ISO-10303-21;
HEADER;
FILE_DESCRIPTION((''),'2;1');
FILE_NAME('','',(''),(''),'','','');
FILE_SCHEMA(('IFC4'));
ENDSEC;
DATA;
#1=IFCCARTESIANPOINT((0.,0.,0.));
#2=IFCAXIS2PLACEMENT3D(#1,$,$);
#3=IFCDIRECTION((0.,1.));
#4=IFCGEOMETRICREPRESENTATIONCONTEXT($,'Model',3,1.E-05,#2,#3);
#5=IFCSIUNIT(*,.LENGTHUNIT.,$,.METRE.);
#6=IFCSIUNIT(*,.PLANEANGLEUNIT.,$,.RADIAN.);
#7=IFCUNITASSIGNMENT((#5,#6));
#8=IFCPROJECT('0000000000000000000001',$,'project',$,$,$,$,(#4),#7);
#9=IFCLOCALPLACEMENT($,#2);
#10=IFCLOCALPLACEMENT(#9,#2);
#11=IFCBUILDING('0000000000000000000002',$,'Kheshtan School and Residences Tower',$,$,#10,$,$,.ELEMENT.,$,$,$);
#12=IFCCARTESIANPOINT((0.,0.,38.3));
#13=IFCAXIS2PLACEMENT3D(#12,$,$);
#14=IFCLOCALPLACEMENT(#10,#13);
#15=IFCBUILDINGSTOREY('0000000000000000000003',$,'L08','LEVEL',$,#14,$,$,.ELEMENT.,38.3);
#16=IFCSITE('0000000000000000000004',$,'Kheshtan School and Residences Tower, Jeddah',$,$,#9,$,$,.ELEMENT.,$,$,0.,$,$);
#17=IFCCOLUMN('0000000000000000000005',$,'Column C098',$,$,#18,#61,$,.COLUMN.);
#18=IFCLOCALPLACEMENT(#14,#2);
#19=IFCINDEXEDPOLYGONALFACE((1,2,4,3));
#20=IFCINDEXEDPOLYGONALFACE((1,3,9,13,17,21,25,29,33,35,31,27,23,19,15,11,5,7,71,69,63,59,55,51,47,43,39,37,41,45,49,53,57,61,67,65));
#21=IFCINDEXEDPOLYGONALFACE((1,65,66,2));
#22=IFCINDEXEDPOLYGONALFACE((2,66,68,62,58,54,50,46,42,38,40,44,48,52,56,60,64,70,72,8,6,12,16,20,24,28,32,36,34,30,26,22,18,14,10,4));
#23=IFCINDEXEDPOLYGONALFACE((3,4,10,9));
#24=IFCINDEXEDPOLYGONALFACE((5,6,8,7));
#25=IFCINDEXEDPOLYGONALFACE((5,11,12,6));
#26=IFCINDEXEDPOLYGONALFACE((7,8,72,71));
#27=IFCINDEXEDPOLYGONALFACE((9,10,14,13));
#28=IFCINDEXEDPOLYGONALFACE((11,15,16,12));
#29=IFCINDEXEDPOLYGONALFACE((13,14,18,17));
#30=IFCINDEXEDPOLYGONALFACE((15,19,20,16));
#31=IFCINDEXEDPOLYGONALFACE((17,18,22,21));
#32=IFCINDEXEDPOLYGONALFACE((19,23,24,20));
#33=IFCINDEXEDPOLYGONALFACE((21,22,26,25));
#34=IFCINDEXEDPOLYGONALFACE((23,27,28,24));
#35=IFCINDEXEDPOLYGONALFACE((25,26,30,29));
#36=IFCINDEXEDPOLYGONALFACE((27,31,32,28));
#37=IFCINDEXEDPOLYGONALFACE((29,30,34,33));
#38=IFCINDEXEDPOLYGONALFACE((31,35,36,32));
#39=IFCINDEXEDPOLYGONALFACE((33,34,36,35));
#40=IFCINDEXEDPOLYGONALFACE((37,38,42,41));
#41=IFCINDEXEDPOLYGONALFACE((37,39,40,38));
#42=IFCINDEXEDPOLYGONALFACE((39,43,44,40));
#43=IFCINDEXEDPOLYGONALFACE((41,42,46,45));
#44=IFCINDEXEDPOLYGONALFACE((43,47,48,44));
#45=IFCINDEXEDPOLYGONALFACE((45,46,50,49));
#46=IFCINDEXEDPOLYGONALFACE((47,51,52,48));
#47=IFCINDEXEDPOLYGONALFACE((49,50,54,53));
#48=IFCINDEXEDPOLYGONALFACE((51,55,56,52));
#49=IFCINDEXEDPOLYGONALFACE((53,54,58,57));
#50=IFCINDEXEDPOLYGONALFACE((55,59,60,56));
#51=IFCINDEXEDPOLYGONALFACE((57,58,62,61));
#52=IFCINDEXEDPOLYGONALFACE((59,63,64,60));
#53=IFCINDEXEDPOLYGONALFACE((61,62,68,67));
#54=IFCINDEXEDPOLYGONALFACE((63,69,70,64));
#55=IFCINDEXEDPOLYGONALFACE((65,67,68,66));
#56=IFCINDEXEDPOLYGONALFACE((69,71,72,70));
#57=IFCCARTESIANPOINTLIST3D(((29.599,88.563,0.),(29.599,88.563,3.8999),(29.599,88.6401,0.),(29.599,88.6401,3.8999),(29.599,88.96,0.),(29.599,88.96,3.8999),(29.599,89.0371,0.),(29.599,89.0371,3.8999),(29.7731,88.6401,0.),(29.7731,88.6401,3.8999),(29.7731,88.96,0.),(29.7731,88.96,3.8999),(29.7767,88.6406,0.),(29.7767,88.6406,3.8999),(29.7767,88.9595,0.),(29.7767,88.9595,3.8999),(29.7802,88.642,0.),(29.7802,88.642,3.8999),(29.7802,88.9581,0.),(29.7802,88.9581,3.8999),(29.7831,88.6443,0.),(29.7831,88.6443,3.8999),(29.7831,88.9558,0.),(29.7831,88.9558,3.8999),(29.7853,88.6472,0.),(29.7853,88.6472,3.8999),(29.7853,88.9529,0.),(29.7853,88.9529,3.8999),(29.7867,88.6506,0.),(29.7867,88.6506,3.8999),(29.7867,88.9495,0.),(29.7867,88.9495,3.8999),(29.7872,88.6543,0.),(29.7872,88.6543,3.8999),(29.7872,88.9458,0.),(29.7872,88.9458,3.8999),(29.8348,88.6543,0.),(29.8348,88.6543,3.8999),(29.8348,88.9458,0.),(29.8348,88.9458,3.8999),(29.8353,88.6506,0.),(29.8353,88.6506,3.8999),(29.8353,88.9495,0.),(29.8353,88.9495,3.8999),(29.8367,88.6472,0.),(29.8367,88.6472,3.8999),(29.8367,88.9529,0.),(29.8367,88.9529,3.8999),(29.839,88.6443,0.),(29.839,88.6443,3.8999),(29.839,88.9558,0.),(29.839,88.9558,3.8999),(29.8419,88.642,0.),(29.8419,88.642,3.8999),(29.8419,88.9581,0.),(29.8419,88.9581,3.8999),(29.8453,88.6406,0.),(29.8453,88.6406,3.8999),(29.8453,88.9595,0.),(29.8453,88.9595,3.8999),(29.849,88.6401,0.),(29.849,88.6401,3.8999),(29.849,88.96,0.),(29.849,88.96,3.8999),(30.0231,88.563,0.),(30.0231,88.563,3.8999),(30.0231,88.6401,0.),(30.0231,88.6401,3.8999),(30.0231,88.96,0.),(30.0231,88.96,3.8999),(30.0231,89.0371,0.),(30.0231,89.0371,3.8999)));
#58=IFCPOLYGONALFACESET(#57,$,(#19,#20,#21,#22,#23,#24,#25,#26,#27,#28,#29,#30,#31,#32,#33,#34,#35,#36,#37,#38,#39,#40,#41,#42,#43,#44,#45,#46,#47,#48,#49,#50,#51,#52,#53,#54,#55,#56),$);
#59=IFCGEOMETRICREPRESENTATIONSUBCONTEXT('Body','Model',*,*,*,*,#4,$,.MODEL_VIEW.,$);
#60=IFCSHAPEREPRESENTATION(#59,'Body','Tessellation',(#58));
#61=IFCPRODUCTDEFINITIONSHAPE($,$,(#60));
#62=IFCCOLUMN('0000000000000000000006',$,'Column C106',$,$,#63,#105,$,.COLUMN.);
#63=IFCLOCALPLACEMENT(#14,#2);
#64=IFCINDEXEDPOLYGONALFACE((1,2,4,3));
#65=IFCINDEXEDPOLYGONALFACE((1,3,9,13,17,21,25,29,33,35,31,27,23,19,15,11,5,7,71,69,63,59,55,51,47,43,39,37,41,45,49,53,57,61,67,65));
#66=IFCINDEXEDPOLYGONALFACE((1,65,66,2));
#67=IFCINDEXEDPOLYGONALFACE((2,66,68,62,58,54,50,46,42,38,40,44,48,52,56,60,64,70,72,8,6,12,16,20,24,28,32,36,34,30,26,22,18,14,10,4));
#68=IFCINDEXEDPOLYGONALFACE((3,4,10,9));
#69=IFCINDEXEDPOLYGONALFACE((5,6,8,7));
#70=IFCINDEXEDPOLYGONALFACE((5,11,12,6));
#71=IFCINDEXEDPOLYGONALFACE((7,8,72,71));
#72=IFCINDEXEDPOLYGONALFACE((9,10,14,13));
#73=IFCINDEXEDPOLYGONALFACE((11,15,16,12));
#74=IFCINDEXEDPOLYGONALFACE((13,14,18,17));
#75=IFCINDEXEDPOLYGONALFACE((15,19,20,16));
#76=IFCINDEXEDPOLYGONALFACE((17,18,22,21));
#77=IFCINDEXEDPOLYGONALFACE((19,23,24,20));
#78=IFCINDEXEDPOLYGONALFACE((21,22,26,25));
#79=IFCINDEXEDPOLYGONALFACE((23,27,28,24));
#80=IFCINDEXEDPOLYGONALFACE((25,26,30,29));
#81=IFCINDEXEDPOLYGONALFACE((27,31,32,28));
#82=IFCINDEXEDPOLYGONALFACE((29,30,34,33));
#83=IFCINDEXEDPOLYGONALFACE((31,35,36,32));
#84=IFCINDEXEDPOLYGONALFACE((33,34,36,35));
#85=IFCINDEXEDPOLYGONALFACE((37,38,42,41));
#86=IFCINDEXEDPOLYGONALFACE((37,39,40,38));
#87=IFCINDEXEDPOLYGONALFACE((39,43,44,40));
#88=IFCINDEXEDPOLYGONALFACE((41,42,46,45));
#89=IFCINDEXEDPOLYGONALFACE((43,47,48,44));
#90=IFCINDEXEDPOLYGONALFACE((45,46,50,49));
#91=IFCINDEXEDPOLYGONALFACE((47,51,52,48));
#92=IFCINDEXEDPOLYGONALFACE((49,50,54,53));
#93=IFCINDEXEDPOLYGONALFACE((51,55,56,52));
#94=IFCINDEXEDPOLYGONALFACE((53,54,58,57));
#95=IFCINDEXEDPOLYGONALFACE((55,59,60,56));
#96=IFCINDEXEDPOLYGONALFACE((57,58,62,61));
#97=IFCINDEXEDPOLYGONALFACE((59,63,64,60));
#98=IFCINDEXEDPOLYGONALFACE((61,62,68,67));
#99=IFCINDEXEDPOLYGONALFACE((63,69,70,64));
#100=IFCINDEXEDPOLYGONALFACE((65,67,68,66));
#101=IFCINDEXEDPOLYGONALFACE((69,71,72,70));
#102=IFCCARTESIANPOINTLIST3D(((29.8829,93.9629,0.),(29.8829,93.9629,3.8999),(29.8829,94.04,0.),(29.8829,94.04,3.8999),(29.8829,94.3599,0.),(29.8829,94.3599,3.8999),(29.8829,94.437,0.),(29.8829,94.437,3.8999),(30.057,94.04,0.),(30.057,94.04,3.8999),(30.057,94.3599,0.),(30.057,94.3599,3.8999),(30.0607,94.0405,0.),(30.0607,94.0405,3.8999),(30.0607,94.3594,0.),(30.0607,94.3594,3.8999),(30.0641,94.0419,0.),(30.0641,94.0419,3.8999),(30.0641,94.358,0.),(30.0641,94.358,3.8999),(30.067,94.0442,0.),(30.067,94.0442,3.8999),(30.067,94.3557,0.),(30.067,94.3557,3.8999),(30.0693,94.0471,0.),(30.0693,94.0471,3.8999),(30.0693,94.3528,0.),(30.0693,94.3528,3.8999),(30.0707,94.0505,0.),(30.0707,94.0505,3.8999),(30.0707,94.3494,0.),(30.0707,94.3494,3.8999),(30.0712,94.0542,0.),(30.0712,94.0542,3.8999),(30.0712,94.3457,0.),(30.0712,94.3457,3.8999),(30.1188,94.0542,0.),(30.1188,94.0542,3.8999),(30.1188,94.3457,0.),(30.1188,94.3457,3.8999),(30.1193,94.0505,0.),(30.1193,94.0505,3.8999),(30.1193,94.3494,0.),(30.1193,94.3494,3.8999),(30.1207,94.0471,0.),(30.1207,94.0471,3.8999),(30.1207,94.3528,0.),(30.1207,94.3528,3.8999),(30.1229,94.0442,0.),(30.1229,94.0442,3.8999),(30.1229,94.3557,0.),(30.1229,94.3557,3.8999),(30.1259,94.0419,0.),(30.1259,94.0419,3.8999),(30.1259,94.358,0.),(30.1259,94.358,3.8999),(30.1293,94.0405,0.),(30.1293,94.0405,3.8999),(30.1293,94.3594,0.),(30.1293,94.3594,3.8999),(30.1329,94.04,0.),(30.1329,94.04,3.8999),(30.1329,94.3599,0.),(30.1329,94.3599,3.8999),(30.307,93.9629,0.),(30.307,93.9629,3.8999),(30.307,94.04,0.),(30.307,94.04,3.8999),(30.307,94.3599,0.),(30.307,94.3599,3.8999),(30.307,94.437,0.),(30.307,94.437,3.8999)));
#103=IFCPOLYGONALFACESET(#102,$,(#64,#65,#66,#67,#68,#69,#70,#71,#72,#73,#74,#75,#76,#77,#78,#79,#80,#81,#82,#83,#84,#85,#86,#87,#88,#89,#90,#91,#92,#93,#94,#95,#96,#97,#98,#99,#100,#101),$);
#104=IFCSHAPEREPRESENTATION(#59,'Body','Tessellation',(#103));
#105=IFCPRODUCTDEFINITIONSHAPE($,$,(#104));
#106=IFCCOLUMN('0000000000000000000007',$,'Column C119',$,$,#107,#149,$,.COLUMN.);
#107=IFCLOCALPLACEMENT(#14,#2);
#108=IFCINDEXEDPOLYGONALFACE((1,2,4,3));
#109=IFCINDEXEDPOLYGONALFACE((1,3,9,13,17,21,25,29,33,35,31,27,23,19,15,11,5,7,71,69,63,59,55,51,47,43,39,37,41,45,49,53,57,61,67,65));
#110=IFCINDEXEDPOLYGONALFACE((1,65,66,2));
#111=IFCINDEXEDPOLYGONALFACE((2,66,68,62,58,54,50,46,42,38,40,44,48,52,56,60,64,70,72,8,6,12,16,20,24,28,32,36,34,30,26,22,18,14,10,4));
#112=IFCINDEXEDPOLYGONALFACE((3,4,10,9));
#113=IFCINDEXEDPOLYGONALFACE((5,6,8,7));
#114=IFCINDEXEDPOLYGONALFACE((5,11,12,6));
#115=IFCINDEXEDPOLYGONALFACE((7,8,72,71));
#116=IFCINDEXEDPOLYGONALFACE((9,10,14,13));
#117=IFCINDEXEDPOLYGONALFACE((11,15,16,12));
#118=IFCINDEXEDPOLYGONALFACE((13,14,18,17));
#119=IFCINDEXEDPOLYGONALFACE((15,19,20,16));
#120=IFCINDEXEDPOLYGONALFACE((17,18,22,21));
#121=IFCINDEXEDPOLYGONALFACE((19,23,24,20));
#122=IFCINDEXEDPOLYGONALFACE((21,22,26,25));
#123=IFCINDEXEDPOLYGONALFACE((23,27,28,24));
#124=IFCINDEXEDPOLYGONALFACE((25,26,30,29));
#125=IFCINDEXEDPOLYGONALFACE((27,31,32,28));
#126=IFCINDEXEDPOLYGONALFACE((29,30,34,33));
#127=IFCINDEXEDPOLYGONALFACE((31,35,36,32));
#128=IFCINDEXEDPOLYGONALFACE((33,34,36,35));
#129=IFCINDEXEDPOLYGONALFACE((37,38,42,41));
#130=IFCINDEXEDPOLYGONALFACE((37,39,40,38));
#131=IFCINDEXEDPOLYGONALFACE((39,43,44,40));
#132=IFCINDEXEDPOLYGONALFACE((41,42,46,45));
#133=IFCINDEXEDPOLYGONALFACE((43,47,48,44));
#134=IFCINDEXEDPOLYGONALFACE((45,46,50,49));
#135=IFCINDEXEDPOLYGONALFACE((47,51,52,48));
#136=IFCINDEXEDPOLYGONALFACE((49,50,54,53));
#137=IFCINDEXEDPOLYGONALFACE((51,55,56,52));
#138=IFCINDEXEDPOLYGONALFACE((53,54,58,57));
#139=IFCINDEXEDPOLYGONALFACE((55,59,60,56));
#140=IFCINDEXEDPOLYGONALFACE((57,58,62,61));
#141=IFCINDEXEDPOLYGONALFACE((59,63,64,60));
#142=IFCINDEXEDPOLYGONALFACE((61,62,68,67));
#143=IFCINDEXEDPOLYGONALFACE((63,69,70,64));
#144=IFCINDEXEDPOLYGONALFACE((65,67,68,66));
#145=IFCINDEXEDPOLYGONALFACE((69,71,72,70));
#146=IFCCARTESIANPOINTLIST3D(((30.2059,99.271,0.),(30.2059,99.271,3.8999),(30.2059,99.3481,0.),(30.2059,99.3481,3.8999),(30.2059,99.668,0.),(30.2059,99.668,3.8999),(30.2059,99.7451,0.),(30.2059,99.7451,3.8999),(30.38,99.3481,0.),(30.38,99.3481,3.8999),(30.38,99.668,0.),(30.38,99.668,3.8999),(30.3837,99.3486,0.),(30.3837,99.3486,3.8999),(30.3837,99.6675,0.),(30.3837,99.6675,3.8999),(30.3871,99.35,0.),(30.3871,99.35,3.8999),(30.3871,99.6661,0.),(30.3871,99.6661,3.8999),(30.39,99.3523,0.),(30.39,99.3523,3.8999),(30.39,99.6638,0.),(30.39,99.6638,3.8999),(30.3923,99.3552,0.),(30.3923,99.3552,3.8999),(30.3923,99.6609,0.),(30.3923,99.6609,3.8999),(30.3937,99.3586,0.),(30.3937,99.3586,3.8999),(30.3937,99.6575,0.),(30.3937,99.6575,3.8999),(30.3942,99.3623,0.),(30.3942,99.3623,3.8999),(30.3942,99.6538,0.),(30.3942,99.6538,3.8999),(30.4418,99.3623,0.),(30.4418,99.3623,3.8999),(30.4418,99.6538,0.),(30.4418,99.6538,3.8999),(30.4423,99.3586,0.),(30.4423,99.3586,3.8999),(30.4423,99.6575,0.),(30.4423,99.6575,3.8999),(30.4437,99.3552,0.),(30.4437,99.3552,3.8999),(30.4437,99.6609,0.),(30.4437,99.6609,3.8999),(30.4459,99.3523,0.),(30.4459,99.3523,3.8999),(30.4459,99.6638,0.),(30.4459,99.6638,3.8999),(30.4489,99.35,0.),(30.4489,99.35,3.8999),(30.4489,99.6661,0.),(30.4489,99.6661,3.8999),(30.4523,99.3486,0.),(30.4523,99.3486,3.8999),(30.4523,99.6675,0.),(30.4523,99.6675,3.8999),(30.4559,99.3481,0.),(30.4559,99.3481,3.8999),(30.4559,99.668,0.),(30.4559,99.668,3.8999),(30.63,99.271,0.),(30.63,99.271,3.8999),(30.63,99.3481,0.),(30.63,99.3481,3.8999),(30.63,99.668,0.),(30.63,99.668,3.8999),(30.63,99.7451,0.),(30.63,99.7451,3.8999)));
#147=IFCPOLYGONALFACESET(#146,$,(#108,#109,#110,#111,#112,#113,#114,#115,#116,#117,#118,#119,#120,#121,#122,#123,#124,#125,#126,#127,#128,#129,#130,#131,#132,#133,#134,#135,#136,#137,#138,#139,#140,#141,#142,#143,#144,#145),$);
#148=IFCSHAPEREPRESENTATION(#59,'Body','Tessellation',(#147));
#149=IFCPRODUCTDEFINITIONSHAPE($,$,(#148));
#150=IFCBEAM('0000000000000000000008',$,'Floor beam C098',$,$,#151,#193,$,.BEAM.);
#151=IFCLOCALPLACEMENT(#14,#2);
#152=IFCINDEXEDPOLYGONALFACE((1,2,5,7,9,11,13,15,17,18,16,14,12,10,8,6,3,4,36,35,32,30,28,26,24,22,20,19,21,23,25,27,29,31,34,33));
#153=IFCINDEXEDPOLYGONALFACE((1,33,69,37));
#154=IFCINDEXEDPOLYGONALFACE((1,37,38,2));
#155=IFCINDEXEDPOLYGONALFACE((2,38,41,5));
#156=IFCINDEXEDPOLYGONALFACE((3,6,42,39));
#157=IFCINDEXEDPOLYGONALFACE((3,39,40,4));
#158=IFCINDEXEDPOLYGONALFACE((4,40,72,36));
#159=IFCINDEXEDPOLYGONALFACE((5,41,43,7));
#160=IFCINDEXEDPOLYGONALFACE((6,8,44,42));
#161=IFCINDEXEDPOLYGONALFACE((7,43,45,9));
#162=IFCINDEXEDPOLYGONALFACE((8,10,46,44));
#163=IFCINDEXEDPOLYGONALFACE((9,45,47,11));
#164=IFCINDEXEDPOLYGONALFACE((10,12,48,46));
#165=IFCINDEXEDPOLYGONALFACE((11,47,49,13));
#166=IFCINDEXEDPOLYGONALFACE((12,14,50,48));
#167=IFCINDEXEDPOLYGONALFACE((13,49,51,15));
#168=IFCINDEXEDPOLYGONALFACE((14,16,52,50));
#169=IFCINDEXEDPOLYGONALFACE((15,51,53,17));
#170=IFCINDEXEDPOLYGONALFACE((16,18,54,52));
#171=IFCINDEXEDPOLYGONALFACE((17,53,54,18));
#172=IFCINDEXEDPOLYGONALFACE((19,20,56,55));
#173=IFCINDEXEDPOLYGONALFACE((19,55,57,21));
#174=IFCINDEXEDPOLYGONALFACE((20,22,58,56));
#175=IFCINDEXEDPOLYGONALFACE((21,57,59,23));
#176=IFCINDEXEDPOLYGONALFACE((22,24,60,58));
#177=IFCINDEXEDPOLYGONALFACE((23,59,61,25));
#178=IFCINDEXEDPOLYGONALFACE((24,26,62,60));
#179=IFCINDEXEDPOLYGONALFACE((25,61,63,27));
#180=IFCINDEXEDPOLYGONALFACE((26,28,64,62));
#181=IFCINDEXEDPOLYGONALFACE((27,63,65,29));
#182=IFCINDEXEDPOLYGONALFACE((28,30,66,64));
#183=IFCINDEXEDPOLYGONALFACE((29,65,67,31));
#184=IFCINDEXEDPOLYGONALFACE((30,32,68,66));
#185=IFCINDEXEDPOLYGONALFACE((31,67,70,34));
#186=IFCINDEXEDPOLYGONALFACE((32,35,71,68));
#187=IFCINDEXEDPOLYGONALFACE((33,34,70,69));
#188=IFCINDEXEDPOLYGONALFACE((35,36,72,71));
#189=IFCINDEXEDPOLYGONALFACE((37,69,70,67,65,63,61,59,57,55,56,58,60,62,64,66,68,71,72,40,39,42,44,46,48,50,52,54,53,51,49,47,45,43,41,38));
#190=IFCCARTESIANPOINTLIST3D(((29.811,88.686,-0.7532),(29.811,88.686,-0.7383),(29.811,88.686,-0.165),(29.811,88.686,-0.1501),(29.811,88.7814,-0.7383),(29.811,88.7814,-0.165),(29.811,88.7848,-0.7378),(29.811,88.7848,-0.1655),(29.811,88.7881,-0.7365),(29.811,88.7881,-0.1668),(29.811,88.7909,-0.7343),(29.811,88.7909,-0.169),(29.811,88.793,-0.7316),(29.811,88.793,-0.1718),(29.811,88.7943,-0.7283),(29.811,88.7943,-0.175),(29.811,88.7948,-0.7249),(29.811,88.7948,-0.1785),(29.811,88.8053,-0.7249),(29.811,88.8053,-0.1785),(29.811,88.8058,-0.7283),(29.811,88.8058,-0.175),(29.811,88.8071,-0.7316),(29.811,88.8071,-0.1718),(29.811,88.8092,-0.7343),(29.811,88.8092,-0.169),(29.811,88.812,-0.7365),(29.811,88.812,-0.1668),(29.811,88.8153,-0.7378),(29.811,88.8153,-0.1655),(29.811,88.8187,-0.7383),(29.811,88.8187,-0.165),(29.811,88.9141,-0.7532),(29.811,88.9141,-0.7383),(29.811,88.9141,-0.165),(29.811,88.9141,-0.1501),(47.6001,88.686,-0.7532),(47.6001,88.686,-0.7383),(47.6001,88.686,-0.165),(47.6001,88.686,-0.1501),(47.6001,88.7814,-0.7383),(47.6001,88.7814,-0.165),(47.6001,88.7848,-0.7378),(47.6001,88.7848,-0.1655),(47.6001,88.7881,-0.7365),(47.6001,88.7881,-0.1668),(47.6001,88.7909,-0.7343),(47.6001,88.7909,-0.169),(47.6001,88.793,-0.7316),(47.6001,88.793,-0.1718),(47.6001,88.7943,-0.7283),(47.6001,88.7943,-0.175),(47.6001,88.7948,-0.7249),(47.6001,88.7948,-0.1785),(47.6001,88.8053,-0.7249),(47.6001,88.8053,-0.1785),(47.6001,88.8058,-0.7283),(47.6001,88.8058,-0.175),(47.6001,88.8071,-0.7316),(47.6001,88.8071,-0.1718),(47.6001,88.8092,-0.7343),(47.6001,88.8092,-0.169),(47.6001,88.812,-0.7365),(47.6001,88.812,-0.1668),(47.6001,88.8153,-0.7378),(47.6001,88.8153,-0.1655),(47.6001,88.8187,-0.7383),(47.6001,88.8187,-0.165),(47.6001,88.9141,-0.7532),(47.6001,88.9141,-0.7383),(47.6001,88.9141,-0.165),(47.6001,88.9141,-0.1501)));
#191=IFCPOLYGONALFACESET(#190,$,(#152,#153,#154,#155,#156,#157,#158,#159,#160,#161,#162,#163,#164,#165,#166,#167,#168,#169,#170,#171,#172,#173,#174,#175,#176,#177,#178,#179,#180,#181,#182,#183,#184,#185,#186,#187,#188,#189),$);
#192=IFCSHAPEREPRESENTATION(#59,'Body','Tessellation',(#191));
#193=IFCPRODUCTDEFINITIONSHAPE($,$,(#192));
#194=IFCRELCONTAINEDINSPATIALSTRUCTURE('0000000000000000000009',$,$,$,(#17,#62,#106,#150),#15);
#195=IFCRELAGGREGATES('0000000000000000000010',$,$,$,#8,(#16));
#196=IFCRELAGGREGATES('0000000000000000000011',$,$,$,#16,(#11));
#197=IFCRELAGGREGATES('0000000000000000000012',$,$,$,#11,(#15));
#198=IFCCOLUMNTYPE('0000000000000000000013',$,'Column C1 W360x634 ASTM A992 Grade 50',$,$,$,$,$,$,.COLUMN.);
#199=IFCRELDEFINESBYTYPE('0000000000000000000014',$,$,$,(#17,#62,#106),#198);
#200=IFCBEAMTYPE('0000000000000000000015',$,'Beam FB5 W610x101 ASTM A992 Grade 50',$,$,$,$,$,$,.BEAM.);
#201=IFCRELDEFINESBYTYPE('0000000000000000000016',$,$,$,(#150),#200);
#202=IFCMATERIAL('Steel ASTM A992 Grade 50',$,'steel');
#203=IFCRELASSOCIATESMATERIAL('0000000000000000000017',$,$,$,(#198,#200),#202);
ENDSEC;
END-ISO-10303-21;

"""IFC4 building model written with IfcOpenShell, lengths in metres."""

from ifc_helpers import new_model, si_unit, direction, frame, origin, origin_2d, place, context, subcontext, project, spatial, i_section, extrude, material, material_profile, profile_set, type_object, element, save


model = new_model("IFC4")

# Units and contexts
model_context = context("Model", 3, precision=1e-05, world=origin(), true_north=direction((0.0, 1.0)))
body_context = subcontext(model_context, "Body", "Model", "MODEL_VIEW")
ifc_project = project(units=[si_unit("LENGTHUNIT", "METRE"), si_unit("PLANEANGLEUNIT", "RADIAN")], contexts=[model_context])

# Site, building, storey
site_placement = place(None, origin())
site = spatial("IfcSite", under=ifc_project, at=site_placement, Name="Kheshtan School and Residences Tower, Jeddah", CompositionType="ELEMENT", RefElevation=0.0)
building_placement = place(site_placement, origin())
building = spatial("IfcBuilding", under=site, at=building_placement, Name="Kheshtan School and Residences Tower", CompositionType="ELEMENT")
storey_placement = place(building_placement, frame((0.0, 0.0, 38.3)))
storey = spatial("IfcBuildingStorey", under=building, at=storey_placement, Name="L08", Description="LEVEL", CompositionType="ELEMENT", Elevation=38.3)

# Columns
ifc_material_1 = material(Name="Steel ASTM A992 Grade 50", Category="steel")
ifc_material_profile_1 = material_profile(ifc_material_1, i_section(OverallWidth=0.4241, OverallDepth=0.4741, WebThickness=0.0476, FlangeThickness=0.0771, FilletRadius=0.0142, at=origin_2d()), Name="W360x634")
ifc_profile_set_1 = profile_set([ifc_material_profile_1], Name="Steel ASTM A992 Grade 50")
column_type = type_object("IfcColumnType", Name="Column C1 W360x634 ASTM A992 Grade 50", PredefinedType="COLUMN", material=ifc_profile_set_1)
for number, where, z_axis, x_axis, name in (
    (1, (29.811, 88.8, 0.0), (0.0, 0.0, 1.0), (1.0, 0.0, 0.0), "Column C098"),
    (2, (30.095, 94.2, 0.0), (0.0, 0.0, 1.0), (1.0, 0.0, 0.0), "Column C106"),
    (3, (30.418, 99.5081, 0.0), (0.0, 0.0, 1.0), (1.0, 0.0, 0.0), "Column C119"),
):
    element("IfcColumn", number, at=place(storey_placement, frame(where, z_axis=z_axis, x_axis=x_axis)), inside=storey, type_object=column_type, Name=name, PredefinedType="COLUMN", context=body_context, shape_type="SweptSolid", body=[
        extrude(i_section(OverallWidth=0.4241, OverallDepth=0.4741, WebThickness=0.0476, FlangeThickness=0.0771, FilletRadius=0.0142, at=origin_2d()), origin(), (0.0, 0.0, 1.0), 3.8999),
    ])

# Beam
ifc_material_profile_2 = material_profile(ifc_material_1, i_section(OverallWidth=0.228, OverallDepth=0.603, WebThickness=0.0105, FlangeThickness=0.0149, FilletRadius=0.0134, at=origin_2d()), Name="W610x101")
ifc_profile_set_2 = profile_set([ifc_material_profile_2], Name="Steel ASTM A992 Grade 50")
beam_type_1 = type_object("IfcBeamType", Name="Beam FB5 W610x101 ASTM A992 Grade 50", PredefinedType="BEAM", material=ifc_profile_set_2)
beam_1_placement = place(storey_placement, frame((29.811, 88.8, -0.4517), z_axis=(1.0, 0.0, 0.0), x_axis=(0.0, 1.0, 0.0)))
element("IfcBeam", 4, at=beam_1_placement, inside=storey, type_object=beam_type_1, Name="Floor beam C098", PredefinedType="BEAM", context=body_context, shape_type="SweptSolid", body=[
    extrude(i_section(OverallWidth=0.228, OverallDepth=0.603, WebThickness=0.0105, FlangeThickness=0.0149, FilletRadius=0.0134, at=origin_2d()), origin(), (0.0, 0.0, 1.0), 17.7891),
])

save(model, "model.ifc")
